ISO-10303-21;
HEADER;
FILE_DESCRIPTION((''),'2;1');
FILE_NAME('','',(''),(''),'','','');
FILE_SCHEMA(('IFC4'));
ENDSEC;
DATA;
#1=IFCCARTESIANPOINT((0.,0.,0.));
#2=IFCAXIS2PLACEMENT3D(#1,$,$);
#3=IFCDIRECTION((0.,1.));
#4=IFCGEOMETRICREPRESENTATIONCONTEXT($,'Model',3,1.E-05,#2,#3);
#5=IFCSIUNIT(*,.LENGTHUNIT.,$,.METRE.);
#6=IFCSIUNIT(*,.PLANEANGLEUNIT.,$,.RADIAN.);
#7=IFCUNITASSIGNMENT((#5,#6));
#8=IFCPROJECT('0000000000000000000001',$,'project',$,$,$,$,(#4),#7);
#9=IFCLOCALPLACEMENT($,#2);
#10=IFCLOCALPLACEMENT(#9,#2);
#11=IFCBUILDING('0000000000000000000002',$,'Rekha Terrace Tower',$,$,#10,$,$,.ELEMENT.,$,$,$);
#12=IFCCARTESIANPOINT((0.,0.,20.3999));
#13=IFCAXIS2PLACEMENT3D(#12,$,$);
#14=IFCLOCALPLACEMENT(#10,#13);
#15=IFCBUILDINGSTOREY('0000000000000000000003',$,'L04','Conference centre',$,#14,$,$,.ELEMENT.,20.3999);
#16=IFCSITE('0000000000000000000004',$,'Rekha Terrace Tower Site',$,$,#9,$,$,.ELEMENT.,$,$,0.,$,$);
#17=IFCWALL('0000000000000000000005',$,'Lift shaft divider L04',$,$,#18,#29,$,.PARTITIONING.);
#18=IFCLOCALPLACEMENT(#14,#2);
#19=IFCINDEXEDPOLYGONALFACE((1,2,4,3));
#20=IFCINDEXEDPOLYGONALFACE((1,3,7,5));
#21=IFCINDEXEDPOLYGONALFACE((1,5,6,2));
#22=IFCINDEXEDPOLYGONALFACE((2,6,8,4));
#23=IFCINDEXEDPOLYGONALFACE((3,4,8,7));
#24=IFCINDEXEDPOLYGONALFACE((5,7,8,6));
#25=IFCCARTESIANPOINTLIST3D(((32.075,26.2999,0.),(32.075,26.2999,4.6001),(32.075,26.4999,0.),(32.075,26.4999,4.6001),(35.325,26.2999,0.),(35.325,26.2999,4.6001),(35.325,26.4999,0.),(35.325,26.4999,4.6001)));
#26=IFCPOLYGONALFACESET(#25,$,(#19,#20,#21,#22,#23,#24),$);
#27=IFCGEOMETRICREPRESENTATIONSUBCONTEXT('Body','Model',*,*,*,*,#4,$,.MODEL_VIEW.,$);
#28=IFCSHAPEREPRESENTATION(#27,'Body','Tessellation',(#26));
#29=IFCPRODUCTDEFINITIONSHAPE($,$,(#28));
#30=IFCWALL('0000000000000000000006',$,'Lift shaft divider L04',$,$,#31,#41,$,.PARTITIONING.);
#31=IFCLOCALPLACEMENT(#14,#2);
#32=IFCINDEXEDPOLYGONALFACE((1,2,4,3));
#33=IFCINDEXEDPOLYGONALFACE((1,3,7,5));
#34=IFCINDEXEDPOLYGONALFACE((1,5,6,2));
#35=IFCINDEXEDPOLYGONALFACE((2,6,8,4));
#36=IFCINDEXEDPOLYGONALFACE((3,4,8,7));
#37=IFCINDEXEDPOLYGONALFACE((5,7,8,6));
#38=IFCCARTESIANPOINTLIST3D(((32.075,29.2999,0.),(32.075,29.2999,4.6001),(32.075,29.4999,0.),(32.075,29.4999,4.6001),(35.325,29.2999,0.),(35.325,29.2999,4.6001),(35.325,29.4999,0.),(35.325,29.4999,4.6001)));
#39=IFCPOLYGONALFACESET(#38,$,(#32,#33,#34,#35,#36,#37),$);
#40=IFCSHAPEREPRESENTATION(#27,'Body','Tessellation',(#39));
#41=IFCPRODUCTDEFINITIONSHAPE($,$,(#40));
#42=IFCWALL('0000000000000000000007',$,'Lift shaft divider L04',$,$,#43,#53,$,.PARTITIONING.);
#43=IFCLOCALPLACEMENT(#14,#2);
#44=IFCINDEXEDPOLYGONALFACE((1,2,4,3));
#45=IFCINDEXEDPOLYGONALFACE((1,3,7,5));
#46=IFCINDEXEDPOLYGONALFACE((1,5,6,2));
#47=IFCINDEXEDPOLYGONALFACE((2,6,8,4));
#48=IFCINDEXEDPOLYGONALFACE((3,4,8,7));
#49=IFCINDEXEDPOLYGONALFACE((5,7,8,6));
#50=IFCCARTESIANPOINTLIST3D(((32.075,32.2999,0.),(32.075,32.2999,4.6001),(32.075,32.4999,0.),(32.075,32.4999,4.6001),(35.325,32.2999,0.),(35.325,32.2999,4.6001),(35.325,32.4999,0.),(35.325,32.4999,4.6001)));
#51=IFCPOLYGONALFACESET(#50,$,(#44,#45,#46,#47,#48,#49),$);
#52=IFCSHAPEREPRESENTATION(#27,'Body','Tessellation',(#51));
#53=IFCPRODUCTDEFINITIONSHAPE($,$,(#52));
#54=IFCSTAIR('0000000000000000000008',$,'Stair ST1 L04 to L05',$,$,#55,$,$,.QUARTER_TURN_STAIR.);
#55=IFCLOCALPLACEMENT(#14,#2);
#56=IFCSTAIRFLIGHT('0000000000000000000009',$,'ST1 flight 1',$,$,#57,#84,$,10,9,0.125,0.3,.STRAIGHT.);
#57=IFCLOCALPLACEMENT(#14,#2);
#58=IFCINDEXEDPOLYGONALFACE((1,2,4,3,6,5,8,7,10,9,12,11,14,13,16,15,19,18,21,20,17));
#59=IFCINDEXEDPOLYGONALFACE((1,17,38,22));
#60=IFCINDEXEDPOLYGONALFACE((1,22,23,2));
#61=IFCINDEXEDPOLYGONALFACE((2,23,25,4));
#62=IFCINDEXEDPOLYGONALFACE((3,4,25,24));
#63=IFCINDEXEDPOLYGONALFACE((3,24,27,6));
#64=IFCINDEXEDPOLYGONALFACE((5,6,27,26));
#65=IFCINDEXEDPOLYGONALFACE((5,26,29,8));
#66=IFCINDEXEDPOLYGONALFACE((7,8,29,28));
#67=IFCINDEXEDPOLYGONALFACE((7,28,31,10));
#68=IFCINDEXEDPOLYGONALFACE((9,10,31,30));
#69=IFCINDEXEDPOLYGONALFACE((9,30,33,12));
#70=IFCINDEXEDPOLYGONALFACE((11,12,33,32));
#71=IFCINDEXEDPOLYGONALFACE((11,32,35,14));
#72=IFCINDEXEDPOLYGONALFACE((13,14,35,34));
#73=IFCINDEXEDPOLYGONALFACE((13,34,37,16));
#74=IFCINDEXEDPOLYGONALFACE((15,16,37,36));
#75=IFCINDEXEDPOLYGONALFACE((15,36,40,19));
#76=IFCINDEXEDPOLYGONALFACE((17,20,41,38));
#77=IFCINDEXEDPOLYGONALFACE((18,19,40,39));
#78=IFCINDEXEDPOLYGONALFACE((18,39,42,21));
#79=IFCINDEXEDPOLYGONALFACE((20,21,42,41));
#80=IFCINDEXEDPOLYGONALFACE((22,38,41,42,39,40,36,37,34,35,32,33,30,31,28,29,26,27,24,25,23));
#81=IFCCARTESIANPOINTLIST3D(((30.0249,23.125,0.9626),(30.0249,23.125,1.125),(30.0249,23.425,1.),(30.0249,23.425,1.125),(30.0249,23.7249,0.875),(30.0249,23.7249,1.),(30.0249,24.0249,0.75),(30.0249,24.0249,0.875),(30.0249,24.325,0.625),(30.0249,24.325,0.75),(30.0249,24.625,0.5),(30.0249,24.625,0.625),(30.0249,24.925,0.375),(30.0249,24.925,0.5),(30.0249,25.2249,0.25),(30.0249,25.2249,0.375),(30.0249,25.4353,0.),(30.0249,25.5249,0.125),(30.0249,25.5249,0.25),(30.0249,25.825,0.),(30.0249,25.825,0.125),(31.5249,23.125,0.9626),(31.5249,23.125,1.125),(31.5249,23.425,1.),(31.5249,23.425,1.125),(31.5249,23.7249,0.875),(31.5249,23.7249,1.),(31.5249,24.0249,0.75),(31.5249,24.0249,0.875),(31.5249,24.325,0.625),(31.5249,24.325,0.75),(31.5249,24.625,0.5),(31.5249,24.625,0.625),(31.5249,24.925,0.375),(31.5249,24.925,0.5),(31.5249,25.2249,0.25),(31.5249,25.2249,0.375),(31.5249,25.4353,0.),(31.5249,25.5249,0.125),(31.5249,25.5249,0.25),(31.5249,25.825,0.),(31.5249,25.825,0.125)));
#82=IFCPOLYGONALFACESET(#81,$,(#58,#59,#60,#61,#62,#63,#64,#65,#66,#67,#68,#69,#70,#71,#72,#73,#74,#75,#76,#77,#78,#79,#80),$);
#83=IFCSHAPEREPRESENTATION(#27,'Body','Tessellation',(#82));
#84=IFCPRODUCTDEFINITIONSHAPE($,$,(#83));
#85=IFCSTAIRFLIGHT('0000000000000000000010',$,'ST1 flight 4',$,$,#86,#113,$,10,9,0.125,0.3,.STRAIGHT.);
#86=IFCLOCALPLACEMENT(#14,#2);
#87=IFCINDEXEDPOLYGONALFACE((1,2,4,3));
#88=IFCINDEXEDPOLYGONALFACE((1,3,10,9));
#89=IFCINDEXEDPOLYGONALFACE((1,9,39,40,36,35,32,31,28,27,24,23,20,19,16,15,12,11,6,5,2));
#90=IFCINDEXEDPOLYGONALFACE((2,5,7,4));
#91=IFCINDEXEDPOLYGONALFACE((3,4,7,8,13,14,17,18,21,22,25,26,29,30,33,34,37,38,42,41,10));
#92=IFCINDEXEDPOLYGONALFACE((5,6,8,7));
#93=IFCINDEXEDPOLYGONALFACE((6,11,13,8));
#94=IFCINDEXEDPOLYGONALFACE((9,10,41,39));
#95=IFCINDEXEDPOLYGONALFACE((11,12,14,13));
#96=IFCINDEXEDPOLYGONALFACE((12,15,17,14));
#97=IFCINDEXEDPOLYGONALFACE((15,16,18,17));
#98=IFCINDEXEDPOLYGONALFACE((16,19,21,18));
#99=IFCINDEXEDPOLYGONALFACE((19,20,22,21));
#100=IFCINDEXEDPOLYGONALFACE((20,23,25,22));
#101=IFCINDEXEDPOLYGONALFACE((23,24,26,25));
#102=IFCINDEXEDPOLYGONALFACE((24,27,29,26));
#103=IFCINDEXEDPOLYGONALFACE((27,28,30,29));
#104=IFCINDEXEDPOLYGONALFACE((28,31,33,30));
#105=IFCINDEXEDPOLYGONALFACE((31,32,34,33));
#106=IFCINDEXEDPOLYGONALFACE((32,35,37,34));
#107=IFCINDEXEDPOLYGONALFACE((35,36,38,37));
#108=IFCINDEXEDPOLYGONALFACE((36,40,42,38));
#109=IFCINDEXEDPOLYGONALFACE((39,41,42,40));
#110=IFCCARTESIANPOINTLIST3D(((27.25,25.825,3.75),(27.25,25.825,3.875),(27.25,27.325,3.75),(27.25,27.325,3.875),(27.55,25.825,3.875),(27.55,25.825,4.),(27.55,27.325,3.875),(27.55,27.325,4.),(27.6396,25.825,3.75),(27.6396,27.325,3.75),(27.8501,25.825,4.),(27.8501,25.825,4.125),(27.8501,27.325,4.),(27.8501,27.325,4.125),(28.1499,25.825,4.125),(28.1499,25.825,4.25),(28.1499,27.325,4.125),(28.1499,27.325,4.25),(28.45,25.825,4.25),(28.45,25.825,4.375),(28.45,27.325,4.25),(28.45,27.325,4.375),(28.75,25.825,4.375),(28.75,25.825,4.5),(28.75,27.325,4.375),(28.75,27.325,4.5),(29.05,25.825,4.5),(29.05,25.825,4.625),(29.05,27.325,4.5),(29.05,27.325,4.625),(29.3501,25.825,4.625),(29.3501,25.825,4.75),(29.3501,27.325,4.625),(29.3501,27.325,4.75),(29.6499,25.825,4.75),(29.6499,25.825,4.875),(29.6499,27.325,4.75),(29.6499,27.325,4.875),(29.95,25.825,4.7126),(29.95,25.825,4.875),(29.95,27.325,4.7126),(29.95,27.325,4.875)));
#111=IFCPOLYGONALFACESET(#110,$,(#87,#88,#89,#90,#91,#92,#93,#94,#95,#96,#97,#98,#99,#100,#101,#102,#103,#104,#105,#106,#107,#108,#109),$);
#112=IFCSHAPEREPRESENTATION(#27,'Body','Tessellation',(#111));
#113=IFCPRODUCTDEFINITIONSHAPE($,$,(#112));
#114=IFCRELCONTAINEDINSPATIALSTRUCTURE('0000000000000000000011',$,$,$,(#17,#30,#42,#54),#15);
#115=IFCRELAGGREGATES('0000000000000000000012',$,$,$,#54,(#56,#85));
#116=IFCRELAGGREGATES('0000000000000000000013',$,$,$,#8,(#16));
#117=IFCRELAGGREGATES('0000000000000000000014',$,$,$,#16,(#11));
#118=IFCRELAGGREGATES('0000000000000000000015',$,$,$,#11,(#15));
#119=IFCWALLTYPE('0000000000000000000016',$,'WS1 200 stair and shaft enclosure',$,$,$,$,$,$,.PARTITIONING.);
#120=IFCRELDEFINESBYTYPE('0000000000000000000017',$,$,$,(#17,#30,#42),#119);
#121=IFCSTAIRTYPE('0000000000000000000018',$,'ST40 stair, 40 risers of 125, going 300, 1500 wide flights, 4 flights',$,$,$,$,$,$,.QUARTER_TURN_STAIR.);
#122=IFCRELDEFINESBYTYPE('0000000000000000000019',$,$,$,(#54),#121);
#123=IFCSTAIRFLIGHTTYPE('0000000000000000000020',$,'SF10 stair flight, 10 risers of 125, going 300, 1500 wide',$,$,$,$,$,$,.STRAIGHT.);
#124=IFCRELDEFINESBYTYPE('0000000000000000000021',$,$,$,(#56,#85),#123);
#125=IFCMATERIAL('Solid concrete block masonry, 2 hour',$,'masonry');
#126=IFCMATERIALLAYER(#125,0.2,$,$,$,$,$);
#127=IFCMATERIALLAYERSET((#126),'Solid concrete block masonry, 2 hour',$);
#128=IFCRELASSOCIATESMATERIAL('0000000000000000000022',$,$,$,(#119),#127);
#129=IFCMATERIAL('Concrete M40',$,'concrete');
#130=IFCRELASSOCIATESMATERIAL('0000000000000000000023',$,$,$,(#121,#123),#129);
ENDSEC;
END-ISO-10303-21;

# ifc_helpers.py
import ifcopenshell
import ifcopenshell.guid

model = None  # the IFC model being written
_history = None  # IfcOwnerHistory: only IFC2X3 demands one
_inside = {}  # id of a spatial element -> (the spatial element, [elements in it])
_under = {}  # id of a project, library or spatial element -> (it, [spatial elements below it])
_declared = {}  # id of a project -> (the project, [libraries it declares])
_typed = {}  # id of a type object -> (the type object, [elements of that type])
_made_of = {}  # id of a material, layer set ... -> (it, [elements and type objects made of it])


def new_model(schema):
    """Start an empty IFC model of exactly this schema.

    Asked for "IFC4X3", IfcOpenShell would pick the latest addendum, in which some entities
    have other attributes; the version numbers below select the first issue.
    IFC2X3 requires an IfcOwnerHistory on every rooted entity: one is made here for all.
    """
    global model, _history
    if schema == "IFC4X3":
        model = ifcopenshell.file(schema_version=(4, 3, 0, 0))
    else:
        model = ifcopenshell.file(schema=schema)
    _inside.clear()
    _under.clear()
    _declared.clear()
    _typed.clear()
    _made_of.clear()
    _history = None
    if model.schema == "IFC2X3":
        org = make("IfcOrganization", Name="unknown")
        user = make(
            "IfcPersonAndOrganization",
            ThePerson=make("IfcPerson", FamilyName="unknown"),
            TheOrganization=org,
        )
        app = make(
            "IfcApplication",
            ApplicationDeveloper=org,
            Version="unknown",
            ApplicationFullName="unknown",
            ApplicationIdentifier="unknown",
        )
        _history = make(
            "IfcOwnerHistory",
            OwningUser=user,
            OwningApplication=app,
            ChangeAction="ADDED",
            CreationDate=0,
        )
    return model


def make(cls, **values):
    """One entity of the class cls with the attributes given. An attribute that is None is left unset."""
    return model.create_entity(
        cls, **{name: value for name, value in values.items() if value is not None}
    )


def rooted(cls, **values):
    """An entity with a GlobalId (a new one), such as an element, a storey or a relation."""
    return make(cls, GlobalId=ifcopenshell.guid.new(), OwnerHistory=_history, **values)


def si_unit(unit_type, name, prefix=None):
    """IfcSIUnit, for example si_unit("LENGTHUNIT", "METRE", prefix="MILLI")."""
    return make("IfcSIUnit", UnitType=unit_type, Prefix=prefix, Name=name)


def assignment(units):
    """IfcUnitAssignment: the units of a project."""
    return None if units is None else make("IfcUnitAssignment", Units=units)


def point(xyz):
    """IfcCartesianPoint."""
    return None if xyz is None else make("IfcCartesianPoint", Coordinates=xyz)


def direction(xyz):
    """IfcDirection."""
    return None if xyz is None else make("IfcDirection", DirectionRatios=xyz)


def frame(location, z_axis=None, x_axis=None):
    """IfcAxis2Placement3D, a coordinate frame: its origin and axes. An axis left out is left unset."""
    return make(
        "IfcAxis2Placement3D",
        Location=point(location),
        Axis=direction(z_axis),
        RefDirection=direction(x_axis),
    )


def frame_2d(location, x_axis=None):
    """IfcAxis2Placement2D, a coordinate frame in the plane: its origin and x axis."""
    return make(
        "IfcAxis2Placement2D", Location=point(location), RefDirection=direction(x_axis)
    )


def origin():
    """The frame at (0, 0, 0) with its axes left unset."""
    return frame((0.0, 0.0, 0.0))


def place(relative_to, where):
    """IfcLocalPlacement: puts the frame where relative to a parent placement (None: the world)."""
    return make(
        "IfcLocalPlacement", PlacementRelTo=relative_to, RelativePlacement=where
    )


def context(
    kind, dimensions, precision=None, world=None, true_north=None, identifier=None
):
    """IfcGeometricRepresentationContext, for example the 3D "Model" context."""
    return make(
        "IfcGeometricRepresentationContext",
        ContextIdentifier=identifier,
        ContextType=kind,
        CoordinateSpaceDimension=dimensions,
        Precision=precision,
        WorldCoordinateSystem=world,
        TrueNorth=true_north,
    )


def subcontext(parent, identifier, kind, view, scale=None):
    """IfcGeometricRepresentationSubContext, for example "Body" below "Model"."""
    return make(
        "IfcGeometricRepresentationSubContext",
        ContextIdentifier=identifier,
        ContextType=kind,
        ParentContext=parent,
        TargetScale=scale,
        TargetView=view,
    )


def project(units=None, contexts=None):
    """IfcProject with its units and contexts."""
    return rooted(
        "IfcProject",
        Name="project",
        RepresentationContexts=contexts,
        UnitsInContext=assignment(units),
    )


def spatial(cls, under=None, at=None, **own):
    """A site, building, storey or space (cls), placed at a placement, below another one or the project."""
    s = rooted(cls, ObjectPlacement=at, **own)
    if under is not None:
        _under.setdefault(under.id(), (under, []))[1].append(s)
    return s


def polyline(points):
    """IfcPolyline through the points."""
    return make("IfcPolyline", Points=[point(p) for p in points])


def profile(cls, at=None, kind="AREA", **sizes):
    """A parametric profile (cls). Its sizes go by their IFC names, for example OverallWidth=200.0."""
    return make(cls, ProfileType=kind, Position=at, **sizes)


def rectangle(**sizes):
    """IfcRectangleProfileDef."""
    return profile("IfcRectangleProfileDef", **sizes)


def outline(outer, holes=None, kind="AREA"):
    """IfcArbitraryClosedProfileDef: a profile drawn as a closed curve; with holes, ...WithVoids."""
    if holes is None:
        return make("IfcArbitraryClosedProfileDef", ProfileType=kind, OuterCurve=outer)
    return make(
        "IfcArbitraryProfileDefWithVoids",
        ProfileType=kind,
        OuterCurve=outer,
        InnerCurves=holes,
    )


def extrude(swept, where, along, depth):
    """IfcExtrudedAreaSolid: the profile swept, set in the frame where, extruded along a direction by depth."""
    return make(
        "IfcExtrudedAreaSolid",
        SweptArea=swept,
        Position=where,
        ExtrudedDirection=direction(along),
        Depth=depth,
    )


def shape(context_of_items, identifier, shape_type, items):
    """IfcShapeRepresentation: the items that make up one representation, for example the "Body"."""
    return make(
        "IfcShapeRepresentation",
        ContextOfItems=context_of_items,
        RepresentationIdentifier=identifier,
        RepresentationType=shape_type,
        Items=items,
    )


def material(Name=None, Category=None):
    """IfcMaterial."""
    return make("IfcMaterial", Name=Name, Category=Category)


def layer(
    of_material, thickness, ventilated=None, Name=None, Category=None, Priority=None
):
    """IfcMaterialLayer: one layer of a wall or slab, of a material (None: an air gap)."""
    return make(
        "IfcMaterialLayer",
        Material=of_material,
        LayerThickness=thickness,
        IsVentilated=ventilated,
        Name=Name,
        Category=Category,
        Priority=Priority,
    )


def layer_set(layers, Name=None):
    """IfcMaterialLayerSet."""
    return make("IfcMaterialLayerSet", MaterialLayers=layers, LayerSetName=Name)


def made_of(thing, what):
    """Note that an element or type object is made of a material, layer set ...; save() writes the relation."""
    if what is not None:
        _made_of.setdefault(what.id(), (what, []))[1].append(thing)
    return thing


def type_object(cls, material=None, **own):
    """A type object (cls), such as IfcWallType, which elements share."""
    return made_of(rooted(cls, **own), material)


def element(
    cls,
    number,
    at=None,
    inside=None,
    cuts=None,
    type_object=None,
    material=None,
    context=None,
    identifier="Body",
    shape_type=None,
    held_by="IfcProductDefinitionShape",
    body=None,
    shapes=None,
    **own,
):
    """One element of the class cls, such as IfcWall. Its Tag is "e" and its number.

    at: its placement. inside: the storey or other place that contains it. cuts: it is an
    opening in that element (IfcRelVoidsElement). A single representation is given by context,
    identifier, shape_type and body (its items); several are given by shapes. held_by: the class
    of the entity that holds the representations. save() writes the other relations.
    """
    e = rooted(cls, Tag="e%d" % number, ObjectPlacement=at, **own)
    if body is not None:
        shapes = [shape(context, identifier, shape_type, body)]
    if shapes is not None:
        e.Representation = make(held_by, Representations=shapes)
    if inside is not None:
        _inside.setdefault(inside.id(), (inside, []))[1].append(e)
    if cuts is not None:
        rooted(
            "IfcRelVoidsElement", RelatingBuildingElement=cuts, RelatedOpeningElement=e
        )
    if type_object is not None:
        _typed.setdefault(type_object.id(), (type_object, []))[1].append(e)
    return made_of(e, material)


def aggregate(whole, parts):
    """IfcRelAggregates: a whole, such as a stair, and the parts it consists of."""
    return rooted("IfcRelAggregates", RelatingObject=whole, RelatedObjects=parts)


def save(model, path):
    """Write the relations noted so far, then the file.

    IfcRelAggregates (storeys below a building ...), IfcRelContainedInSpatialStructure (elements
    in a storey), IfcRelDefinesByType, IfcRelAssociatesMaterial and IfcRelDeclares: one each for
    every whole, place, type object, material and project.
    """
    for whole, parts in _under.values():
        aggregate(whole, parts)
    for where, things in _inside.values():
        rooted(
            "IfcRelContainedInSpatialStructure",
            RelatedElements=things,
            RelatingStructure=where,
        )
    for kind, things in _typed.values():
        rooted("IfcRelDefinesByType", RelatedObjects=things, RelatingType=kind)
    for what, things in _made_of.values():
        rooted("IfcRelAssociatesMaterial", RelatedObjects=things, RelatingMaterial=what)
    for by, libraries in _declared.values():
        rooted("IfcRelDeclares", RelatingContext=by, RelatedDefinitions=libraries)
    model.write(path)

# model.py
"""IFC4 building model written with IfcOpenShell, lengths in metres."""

from ifc_helpers import new_model, si_unit, direction, frame, frame_2d, origin, place, context, subcontext, project, spatial, polyline, rectangle, outline, extrude, material, layer, layer_set, type_object, element, aggregate, save


model = new_model("IFC4")

# Units and contexts
model_context = context("Model", 3, precision=1e-05, world=origin(), true_north=direction((0.0, 1.0)))
body_context = subcontext(model_context, "Body", "Model", "MODEL_VIEW")
ifc_project = project(units=[si_unit("LENGTHUNIT", "METRE"), si_unit("PLANEANGLEUNIT", "RADIAN")], contexts=[model_context])

# Site, building, storey
site_placement = place(None, origin())
site = spatial("IfcSite", under=ifc_project, at=site_placement, Name="Rekha Terrace Tower Site", CompositionType="ELEMENT", RefElevation=0.0)
building_placement = place(site_placement, origin())
building = spatial("IfcBuilding", under=site, at=building_placement, Name="Rekha Terrace Tower", CompositionType="ELEMENT")
storey_placement = place(building_placement, frame((0.0, 0.0, 20.3999)))
storey = spatial("IfcBuildingStorey", under=building, at=storey_placement, Name="L04", Description="Conference centre", CompositionType="ELEMENT", Elevation=20.3999)

# Walls
ifc_material_1 = material(Name="Solid concrete block masonry, 2 hour", Category="masonry")
ifc_layer_1 = layer(ifc_material_1, 0.2)
ifc_layer_set_1 = layer_set([ifc_layer_1], Name="Solid concrete block masonry, 2 hour")
wall_type_1 = type_object("IfcWallType", Name="WS1 200 stair and shaft enclosure", PredefinedType="PARTITIONING", material=ifc_layer_set_1)
for number, where, z_axis, x_axis, name in (
    (1, (32.075, 26.3999, 0.0), (0.0, 0.0, 1.0), (1.0, 0.0, 0.0), "Lift shaft divider L04"),
    (2, (32.075, 29.3999, 0.0), (0.0, 0.0, 1.0), (1.0, 0.0, 0.0), "Lift shaft divider L04"),
    (3, (32.075, 32.3999, 0.0), (0.0, 0.0, 1.0), (1.0, 0.0, 0.0), "Lift shaft divider L04"),
):
    element("IfcWall", number, at=place(storey_placement, frame(where, z_axis=z_axis, x_axis=x_axis)), inside=storey, type_object=wall_type_1, Name=name, PredefinedType="PARTITIONING", context=body_context, shape_type="SweptSolid", body=[
        extrude(rectangle(XDim=3.25, YDim=0.2, at=frame_2d((1.625, 0.0))), origin(), (0.0, 0.0, 1.0), 4.6001),
    ])

# Stair, stair flights
ifc_material_2 = material(Name="Concrete M40", Category="concrete")
stair_type = type_object("IfcStairType", Name="ST40 stair, 40 risers of 125, going 300, 1500 wide flights, 4 flights", PredefinedType="QUARTER_TURN_STAIR", material=ifc_material_2)
stair_placement = place(storey_placement, origin())
stair = element("IfcStair", 4, at=stair_placement, inside=storey, type_object=stair_type, Name="Stair ST1 L04 to L05", PredefinedType="QUARTER_TURN_STAIR")
stair_flight_type = type_object("IfcStairFlightType", Name="SF10 stair flight, 10 risers of 125, going 300, 1500 wide", PredefinedType="STRAIGHT", material=ifc_material_2)
stair_flight_1_placement = place(storey_placement, frame((30.7749, 25.825, 0.0), z_axis=(0.0, 0.0, 1.0), x_axis=(0.0, -1.0, 0.0)))
stair_flight_1 = element("IfcStairFlight", 5, at=stair_flight_1_placement, type_object=stair_flight_type, Name="ST1 flight 1", NumberOfRisers=10, NumberOfTreads=9, PredefinedType="STRAIGHT", RiserHeight=0.125, TreadLength=0.3, context=body_context, shape_type="SweptSolid", body=[
    extrude(outline(polyline([(0.0, 0.0), (0.0, 0.125), (0.3, 0.125), (0.3, 0.25), (0.6001, 0.25), (0.6001, 0.375), (0.8999, 0.375), (0.8999, 0.5), (1.2, 0.5), (1.2, 0.625), (1.5, 0.625), (1.5, 0.75), (1.8, 0.75), (1.8, 0.875), (2.1001, 0.875), (2.1001, 1.0), (2.3999, 1.0), (2.3999, 1.125), (2.7, 1.125), (2.7, 1.25), (2.7, 0.9626), (0.3896, 0.0), (0.0, 0.0)])), frame((0.0, 0.75, 0.0), z_axis=(0.0, -1.0, 0.0), x_axis=(1.0, 0.0, 0.0)), (0.0, 0.0, 1.0), 1.5),
])
stair_flight_2_placement = place(storey_placement, frame((27.25, 26.575, 3.75), z_axis=(0.0, 0.0, 1.0), x_axis=(1.0, 0.0, 0.0)))
stair_flight_2 = element("IfcStairFlight", 6, at=stair_flight_2_placement, type_object=stair_flight_type, Name="ST1 flight 4", NumberOfRisers=10, NumberOfTreads=9, PredefinedType="STRAIGHT", RiserHeight=0.125, TreadLength=0.3, context=body_context, shape_type="SweptSolid", body=[
    extrude(outline(polyline([(0.0, 0.0), (0.0, 0.125), (0.3, 0.125), (0.3, 0.25), (0.6001, 0.25), (0.6001, 0.375), (0.8999, 0.375), (0.8999, 0.5), (1.2, 0.5), (1.2, 0.625), (1.5, 0.625), (1.5, 0.75), (1.8, 0.75), (1.8, 0.875), (2.1001, 0.875), (2.1001, 1.0), (2.3999, 1.0), (2.3999, 1.125), (2.7, 1.125), (2.7, 1.25), (2.7, 0.9626), (0.3896, 0.0), (0.0, 0.0)])), frame((0.0, 0.75, 0.0), z_axis=(0.0, -1.0, 0.0), x_axis=(1.0, 0.0, 0.0)), (0.0, 0.0, 1.0), 1.5),
])
aggregate(stair, [stair_flight_1, stair_flight_2])

save(model, "model.ifc")
